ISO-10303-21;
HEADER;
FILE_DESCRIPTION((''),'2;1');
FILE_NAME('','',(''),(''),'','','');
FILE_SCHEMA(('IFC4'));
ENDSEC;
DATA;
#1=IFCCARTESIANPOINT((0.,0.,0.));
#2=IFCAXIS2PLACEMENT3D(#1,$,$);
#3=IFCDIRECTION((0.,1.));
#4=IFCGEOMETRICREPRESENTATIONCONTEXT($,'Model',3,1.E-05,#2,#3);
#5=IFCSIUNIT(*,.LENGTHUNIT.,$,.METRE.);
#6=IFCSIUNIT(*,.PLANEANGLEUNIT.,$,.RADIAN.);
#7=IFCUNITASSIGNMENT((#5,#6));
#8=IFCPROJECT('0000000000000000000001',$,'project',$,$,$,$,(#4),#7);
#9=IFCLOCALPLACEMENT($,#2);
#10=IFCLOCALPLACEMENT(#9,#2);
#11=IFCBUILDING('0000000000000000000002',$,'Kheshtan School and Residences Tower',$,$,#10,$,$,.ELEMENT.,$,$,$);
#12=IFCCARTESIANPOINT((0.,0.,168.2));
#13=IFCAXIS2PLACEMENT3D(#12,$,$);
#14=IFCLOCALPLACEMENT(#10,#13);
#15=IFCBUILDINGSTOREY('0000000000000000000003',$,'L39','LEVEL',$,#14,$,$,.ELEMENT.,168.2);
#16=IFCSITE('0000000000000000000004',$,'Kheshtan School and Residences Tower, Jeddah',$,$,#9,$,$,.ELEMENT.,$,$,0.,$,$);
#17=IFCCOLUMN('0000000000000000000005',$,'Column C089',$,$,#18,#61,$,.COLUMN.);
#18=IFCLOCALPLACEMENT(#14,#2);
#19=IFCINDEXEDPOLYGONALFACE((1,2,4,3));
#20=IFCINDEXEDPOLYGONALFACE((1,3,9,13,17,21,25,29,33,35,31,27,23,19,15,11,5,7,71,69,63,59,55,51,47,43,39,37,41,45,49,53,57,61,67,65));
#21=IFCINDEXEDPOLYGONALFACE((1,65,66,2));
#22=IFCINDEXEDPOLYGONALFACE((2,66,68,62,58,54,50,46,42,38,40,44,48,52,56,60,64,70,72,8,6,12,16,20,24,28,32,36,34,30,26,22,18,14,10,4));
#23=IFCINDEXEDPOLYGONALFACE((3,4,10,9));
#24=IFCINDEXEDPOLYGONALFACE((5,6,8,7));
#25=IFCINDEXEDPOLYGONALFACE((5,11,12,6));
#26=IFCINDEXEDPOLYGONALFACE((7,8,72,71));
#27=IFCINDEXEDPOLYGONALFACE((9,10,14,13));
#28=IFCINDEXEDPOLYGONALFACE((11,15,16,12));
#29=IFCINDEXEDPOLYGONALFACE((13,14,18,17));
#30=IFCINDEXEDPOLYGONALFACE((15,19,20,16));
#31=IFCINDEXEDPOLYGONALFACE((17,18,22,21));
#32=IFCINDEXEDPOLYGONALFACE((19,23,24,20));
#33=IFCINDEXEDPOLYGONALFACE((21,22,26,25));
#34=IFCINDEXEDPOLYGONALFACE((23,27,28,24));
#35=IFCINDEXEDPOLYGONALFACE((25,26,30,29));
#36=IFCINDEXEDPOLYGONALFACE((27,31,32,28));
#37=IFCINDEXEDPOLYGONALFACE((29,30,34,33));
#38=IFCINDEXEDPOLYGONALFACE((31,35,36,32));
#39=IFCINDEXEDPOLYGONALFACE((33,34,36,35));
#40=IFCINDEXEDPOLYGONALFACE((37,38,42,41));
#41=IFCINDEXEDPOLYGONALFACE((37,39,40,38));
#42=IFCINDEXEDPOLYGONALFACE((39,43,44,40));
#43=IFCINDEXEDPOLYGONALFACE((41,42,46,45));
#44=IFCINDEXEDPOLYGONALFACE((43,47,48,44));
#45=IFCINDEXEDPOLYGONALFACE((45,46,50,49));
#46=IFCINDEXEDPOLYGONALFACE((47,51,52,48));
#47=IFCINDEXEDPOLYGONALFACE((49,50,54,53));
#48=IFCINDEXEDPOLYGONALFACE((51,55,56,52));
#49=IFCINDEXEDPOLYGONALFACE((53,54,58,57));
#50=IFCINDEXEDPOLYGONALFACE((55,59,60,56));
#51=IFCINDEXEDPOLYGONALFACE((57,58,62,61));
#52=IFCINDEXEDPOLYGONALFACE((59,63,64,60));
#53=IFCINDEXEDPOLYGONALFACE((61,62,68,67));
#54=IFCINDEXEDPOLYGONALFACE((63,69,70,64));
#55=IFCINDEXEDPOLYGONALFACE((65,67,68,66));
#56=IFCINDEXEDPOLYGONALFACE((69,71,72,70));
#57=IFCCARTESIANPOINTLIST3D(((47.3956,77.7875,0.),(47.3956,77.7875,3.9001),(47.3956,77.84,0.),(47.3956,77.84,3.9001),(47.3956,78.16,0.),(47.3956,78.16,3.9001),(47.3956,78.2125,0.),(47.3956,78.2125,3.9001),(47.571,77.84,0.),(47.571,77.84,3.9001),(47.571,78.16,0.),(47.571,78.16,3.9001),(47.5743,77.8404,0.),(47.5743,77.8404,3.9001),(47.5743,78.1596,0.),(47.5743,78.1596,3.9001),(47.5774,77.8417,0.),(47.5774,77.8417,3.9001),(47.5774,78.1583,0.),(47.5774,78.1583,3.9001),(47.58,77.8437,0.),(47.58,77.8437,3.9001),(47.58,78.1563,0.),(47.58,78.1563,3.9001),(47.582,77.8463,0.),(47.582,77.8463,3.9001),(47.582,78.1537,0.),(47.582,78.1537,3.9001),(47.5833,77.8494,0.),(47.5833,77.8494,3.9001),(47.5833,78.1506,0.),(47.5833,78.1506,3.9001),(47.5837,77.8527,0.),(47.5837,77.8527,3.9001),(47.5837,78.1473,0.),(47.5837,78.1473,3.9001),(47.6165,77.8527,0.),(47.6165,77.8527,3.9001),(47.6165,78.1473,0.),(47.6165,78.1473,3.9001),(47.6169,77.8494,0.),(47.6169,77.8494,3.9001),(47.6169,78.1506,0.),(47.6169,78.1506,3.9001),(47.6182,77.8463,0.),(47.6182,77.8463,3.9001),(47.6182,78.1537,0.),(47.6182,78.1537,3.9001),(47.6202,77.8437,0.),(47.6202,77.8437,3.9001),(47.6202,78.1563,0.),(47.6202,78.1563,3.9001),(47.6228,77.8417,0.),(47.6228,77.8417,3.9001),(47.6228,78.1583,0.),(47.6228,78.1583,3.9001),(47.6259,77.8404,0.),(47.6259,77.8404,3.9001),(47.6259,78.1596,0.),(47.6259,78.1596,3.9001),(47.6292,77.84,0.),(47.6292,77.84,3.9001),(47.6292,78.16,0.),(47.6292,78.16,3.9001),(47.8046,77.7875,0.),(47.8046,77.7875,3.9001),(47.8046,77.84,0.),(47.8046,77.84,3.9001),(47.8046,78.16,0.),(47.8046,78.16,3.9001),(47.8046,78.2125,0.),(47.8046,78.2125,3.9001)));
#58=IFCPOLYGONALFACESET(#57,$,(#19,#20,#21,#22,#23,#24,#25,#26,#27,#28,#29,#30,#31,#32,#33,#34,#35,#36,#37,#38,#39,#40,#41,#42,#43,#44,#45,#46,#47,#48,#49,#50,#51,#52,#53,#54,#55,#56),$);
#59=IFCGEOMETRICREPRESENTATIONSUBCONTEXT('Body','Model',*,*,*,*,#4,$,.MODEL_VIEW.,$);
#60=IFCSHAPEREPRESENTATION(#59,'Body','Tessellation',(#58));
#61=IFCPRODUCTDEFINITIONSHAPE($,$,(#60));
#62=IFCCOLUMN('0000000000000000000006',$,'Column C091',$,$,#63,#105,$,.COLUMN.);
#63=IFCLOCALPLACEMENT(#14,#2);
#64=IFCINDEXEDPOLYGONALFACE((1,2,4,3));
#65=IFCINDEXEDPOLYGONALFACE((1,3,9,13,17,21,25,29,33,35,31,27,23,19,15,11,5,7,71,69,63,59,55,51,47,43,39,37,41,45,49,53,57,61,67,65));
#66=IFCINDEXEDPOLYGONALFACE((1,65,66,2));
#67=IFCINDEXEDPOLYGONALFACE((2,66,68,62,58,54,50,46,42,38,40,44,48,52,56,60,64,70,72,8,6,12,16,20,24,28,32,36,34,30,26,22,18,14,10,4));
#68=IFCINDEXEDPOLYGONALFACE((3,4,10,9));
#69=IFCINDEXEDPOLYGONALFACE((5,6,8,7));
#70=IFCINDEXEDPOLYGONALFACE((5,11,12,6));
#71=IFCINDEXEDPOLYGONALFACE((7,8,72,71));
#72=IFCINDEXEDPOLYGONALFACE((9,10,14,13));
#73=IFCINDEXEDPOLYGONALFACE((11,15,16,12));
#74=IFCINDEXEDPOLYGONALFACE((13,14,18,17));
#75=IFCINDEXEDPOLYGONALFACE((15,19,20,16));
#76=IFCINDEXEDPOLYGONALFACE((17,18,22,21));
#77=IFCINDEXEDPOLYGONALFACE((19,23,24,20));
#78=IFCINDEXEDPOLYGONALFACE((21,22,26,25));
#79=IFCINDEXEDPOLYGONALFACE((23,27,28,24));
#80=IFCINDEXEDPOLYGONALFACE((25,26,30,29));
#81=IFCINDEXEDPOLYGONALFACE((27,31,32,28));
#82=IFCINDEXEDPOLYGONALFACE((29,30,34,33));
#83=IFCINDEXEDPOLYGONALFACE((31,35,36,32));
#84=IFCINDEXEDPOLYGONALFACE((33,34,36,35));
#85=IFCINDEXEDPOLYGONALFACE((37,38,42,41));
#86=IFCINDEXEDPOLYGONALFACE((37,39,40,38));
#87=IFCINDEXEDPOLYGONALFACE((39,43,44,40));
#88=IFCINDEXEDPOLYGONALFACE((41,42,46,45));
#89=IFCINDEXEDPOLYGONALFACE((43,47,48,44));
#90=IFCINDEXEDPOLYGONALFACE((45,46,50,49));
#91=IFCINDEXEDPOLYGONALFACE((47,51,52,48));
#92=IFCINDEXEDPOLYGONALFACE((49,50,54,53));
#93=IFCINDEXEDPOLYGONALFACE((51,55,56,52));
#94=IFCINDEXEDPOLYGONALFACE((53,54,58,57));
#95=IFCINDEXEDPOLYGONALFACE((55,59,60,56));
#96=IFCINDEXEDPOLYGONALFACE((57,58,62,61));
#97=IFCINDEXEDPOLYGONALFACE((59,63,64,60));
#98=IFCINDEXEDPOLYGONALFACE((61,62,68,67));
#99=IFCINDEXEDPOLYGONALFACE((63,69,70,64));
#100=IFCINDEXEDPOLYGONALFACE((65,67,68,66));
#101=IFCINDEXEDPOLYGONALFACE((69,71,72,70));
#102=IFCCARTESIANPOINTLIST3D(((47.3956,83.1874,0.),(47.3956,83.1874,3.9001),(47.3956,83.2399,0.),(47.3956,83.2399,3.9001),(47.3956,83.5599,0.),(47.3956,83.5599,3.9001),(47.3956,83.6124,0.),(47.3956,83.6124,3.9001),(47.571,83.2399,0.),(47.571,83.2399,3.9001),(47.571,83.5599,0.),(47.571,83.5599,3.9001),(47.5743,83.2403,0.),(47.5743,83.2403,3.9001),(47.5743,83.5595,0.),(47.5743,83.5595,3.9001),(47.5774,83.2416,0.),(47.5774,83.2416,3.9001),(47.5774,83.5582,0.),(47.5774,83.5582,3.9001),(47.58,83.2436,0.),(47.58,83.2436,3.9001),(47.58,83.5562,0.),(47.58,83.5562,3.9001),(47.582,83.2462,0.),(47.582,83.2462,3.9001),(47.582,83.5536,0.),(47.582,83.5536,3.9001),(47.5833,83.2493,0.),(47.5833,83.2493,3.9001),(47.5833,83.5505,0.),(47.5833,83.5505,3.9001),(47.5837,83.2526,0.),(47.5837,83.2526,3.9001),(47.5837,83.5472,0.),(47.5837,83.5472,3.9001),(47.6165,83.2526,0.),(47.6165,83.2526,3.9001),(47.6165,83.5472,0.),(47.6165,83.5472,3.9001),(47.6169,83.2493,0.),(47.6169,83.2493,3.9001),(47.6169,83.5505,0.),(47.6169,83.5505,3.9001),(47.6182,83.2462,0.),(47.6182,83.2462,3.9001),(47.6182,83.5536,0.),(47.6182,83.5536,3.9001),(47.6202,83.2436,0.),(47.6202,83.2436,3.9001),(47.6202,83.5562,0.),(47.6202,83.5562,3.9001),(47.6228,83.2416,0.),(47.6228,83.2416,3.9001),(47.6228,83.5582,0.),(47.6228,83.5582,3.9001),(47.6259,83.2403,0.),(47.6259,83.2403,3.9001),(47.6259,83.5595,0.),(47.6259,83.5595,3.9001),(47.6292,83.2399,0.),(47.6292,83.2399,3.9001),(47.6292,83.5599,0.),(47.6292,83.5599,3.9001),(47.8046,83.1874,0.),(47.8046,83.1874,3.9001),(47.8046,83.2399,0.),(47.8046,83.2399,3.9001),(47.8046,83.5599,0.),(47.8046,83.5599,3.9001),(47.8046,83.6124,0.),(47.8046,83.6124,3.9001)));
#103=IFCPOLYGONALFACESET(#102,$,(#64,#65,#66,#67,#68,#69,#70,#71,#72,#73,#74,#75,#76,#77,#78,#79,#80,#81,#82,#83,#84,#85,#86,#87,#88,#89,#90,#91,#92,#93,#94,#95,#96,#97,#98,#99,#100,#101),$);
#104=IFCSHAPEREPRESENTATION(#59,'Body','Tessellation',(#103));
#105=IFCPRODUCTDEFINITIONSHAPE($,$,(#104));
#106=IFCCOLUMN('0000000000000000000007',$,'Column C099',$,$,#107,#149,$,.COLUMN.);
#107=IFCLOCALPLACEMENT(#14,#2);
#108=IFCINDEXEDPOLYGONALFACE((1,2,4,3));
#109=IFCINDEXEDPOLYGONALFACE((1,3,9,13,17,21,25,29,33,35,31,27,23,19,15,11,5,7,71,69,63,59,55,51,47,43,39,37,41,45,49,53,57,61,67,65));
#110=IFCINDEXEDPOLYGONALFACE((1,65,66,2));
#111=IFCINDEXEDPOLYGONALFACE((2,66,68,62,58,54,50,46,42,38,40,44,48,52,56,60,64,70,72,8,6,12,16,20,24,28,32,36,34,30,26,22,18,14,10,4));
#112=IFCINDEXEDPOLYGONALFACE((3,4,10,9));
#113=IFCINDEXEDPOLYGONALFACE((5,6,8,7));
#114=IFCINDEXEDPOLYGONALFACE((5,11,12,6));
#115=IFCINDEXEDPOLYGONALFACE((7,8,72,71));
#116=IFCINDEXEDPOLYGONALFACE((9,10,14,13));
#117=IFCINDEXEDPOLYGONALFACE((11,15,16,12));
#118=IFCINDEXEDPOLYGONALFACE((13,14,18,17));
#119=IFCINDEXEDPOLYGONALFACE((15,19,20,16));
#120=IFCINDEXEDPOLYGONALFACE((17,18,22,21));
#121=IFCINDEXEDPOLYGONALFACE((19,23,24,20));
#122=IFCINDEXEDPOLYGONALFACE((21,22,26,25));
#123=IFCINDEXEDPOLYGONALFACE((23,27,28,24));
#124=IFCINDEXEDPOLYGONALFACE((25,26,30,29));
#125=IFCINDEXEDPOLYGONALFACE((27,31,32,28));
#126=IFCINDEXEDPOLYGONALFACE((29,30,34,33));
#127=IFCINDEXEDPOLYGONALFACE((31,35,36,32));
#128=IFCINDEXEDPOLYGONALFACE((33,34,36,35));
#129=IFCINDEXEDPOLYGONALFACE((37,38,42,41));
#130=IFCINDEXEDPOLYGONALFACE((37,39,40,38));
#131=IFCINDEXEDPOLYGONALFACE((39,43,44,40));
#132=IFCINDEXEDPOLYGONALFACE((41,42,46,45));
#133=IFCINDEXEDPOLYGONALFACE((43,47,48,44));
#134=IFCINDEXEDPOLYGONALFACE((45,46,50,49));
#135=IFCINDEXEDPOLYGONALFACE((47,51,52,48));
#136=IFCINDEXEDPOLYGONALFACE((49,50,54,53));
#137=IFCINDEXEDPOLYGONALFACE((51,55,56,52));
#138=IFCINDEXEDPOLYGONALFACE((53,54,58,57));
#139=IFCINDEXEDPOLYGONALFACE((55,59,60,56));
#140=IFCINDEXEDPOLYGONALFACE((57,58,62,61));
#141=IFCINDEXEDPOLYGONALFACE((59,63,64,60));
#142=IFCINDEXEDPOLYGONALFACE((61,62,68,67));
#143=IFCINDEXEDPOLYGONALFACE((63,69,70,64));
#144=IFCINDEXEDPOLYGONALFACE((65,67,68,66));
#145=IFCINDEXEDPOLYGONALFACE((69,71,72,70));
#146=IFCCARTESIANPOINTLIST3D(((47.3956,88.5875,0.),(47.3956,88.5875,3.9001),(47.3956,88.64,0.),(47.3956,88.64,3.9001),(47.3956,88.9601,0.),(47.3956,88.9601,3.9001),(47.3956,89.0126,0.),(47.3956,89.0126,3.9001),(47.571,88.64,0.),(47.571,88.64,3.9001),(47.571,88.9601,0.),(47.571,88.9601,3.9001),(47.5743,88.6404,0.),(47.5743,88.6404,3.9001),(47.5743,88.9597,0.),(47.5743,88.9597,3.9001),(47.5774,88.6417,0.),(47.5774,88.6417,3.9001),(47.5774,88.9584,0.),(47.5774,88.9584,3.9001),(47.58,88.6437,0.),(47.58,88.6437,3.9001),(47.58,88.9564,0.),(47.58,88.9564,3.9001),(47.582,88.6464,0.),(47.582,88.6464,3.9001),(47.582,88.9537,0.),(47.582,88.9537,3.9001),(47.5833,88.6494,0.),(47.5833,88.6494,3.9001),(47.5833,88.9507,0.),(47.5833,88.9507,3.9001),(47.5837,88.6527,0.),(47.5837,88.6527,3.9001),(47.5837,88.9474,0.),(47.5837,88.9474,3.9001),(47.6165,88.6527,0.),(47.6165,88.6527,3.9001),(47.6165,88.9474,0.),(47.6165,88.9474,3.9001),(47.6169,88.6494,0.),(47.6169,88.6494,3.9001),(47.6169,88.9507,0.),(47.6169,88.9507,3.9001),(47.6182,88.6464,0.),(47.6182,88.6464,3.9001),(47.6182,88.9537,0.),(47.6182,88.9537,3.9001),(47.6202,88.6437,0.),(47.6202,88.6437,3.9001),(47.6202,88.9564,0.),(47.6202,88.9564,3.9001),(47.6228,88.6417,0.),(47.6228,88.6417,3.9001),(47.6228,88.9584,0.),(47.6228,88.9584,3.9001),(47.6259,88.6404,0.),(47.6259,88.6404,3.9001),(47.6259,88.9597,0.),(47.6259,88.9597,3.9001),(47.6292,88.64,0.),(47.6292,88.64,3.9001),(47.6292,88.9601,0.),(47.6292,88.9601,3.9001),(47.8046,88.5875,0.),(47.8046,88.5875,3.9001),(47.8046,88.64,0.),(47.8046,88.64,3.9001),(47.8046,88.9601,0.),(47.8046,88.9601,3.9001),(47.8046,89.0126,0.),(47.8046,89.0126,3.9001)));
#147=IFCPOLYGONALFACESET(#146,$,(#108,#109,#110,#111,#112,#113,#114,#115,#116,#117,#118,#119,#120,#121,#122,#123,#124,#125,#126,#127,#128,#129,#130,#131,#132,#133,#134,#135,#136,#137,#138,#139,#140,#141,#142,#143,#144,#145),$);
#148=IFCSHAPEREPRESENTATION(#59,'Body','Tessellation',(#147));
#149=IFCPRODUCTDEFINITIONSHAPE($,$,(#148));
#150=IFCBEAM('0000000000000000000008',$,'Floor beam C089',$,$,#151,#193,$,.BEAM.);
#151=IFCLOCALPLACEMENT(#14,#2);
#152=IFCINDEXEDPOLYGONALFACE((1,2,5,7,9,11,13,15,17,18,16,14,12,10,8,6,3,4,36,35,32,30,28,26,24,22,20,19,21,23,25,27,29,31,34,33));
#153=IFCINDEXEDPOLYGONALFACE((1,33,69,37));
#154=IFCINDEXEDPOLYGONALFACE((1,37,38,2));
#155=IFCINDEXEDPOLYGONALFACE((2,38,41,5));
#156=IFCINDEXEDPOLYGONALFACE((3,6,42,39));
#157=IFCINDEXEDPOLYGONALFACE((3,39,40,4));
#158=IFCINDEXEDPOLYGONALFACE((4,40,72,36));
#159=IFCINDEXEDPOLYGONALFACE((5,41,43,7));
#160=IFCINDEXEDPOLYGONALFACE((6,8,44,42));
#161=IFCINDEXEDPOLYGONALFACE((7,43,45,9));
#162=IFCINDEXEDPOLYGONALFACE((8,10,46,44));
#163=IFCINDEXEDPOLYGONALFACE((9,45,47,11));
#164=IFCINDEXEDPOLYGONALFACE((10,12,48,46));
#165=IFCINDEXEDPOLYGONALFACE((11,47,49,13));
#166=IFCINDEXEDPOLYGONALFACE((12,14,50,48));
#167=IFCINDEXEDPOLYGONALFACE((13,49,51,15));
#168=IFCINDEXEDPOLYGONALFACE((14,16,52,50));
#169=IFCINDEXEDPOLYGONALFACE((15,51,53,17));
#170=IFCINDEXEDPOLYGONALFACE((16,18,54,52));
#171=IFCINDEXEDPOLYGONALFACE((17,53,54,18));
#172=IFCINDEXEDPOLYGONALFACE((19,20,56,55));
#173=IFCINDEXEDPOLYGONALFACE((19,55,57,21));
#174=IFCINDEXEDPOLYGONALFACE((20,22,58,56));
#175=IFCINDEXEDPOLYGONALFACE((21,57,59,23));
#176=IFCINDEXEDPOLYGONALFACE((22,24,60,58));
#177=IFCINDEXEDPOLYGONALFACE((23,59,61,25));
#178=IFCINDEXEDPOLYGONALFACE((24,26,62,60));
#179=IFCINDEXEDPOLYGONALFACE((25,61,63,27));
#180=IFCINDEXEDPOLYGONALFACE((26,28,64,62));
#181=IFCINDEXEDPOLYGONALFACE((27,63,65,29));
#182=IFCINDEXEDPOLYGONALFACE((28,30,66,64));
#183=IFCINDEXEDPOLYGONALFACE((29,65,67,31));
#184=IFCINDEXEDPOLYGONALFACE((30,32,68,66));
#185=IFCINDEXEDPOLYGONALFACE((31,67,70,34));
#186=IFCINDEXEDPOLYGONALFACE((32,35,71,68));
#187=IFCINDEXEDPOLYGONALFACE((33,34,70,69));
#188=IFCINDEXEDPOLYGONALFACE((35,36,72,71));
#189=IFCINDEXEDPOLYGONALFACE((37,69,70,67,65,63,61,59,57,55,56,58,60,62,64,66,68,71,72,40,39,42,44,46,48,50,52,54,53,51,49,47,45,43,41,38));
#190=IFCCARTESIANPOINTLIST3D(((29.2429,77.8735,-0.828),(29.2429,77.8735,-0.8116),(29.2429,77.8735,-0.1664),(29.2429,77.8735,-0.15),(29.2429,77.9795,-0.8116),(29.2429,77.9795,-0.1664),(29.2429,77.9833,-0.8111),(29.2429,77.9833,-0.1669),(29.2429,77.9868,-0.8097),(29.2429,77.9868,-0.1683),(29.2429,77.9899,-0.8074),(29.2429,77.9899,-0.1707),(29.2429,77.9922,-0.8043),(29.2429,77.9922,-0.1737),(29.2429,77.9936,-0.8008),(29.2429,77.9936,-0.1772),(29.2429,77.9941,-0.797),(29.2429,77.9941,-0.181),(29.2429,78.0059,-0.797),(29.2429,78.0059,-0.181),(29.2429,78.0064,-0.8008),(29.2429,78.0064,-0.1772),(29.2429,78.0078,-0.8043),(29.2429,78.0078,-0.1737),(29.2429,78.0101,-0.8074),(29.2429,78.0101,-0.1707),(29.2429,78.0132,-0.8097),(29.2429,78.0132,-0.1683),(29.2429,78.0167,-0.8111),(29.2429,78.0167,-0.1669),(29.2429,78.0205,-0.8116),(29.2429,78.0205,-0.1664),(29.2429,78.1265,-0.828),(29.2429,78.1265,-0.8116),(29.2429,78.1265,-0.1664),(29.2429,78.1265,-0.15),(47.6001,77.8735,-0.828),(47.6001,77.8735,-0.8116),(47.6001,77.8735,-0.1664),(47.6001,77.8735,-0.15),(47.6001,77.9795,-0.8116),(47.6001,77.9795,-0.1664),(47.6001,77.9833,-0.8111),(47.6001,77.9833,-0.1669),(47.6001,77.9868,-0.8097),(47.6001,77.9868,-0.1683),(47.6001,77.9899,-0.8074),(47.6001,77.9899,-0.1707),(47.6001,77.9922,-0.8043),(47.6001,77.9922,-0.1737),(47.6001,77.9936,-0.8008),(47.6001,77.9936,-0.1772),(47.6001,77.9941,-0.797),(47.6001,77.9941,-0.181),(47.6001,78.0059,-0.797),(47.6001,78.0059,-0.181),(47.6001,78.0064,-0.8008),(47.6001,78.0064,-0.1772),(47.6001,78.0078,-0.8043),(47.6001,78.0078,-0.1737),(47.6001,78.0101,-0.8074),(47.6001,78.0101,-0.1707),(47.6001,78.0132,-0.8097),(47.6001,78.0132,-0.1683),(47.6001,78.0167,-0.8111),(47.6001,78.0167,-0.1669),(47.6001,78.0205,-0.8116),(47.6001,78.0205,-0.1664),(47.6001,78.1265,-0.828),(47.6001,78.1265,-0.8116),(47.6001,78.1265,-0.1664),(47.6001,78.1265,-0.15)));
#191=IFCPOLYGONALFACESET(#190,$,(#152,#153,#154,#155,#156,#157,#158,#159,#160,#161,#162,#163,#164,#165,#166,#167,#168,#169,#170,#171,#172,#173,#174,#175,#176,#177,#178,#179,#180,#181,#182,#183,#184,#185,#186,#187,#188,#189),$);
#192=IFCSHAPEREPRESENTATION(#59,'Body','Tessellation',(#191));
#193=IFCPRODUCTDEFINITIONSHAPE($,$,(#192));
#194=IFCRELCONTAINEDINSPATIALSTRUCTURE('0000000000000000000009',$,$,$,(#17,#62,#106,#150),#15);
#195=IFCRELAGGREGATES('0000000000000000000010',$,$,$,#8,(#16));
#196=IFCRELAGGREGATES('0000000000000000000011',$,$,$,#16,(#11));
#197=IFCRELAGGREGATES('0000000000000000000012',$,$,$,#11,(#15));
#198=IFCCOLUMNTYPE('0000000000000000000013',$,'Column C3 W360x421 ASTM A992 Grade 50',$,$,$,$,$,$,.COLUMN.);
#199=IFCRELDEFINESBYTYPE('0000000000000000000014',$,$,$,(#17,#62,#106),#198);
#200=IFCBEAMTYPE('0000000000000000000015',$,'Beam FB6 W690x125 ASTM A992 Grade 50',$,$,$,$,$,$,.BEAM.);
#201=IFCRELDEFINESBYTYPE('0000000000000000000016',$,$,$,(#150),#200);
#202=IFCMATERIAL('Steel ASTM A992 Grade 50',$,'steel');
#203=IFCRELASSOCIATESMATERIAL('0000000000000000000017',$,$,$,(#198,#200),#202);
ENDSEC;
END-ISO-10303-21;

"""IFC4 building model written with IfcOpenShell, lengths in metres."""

from ifc_helpers import new_model, si_unit, direction, frame, origin, origin_2d, place, context, subcontext, project, spatial, i_section, extrude, material, material_profile, profile_set, type_object, element, save


model = new_model("IFC4")

# Units and contexts
model_context = context("Model", 3, precision=1e-05, world=origin(), true_north=direction((0.0, 1.0)))
body_context = subcontext(model_context, "Body", "Model", "MODEL_VIEW")
ifc_project = project(units=[si_unit("LENGTHUNIT", "METRE"), si_unit("PLANEANGLEUNIT", "RADIAN")], contexts=[model_context])

# Site, building, storey
site_placement = place(None, origin())
site = spatial("IfcSite", under=ifc_project, at=site_placement, Name="Kheshtan School and Residences Tower, Jeddah", CompositionType="ELEMENT", RefElevation=0.0)
building_placement = place(site_placement, origin())
building = spatial("IfcBuilding", under=site, at=building_placement, Name="Kheshtan School and Residences Tower", CompositionType="ELEMENT")
storey_placement = place(building_placement, frame((0.0, 0.0, 168.2)))
storey = spatial("IfcBuildingStorey", under=building, at=storey_placement, Name="L39", Description="LEVEL", CompositionType="ELEMENT", Elevation=168.2)

# Columns
ifc_material_1 = material(Name="Steel ASTM A992 Grade 50", Category="steel")
ifc_material_profile_1 = material_profile(ifc_material_1, i_section(OverallWidth=0.4089, OverallDepth=0.425, WebThickness=0.0327, FlangeThickness=0.0525, FilletRadius=0.0127, at=origin_2d()), Name="W360x421")
ifc_profile_set_1 = profile_set([ifc_material_profile_1], Name="Steel ASTM A992 Grade 50")
column_type = type_object("IfcColumnType", Name="Column C3 W360x421 ASTM A992 Grade 50", PredefinedType="COLUMN", material=ifc_profile_set_1)
for number, where, z_axis, x_axis, name in (
    (1, (47.6001, 78.0, 0.0), (0.0, 0.0, 1.0), (1.0, 0.0, 0.0), "Column C089"),
    (2, (47.6001, 83.3999, 0.0), (0.0, 0.0, 1.0), (1.0, 0.0, 0.0), "Column C091"),
    (3, (47.6001, 88.8, 0.0), (0.0, 0.0, 1.0), (1.0, 0.0, 0.0), "Column C099"),
):
    element("IfcColumn", number, at=place(storey_placement, frame(where, z_axis=z_axis, x_axis=x_axis)), inside=storey, type_object=column_type, Name=name, PredefinedType="COLUMN", context=body_context, shape_type="SweptSolid", body=[
        extrude(i_section(OverallWidth=0.4089, OverallDepth=0.425, WebThickness=0.0327, FlangeThickness=0.0525, FilletRadius=0.0127, at=origin_2d()), origin(), (0.0, 0.0, 1.0), 3.9001),
    ])

# Beam
ifc_material_profile_2 = material_profile(ifc_material_1, i_section(OverallWidth=0.2529, OverallDepth=0.678, WebThickness=0.0117, FlangeThickness=0.0164, FilletRadius=0.0146, at=origin_2d()), Name="W690x125")
ifc_profile_set_2 = profile_set([ifc_material_profile_2], Name="Steel ASTM A992 Grade 50")
beam_type_1 = type_object("IfcBeamType", Name="Beam FB6 W690x125 ASTM A992 Grade 50", PredefinedType="BEAM", material=ifc_profile_set_2)
beam_1_placement = place(storey_placement, frame((47.6001, 78.0, -0.489), z_axis=(-1.0, 0.0, 0.0), x_axis=(0.0, -1.0, 0.0)))
element("IfcBeam", 4, at=beam_1_placement, inside=storey, type_object=beam_type_1, Name="Floor beam C089", PredefinedType="BEAM", context=body_context, shape_type="SweptSolid", body=[
    extrude(i_section(OverallWidth=0.2529, OverallDepth=0.678, WebThickness=0.0117, FlangeThickness=0.0164, FilletRadius=0.0146, at=origin_2d()), origin(), (0.0, 0.0, 1.0), 18.3572),
])

save(model, "model.ifc")
